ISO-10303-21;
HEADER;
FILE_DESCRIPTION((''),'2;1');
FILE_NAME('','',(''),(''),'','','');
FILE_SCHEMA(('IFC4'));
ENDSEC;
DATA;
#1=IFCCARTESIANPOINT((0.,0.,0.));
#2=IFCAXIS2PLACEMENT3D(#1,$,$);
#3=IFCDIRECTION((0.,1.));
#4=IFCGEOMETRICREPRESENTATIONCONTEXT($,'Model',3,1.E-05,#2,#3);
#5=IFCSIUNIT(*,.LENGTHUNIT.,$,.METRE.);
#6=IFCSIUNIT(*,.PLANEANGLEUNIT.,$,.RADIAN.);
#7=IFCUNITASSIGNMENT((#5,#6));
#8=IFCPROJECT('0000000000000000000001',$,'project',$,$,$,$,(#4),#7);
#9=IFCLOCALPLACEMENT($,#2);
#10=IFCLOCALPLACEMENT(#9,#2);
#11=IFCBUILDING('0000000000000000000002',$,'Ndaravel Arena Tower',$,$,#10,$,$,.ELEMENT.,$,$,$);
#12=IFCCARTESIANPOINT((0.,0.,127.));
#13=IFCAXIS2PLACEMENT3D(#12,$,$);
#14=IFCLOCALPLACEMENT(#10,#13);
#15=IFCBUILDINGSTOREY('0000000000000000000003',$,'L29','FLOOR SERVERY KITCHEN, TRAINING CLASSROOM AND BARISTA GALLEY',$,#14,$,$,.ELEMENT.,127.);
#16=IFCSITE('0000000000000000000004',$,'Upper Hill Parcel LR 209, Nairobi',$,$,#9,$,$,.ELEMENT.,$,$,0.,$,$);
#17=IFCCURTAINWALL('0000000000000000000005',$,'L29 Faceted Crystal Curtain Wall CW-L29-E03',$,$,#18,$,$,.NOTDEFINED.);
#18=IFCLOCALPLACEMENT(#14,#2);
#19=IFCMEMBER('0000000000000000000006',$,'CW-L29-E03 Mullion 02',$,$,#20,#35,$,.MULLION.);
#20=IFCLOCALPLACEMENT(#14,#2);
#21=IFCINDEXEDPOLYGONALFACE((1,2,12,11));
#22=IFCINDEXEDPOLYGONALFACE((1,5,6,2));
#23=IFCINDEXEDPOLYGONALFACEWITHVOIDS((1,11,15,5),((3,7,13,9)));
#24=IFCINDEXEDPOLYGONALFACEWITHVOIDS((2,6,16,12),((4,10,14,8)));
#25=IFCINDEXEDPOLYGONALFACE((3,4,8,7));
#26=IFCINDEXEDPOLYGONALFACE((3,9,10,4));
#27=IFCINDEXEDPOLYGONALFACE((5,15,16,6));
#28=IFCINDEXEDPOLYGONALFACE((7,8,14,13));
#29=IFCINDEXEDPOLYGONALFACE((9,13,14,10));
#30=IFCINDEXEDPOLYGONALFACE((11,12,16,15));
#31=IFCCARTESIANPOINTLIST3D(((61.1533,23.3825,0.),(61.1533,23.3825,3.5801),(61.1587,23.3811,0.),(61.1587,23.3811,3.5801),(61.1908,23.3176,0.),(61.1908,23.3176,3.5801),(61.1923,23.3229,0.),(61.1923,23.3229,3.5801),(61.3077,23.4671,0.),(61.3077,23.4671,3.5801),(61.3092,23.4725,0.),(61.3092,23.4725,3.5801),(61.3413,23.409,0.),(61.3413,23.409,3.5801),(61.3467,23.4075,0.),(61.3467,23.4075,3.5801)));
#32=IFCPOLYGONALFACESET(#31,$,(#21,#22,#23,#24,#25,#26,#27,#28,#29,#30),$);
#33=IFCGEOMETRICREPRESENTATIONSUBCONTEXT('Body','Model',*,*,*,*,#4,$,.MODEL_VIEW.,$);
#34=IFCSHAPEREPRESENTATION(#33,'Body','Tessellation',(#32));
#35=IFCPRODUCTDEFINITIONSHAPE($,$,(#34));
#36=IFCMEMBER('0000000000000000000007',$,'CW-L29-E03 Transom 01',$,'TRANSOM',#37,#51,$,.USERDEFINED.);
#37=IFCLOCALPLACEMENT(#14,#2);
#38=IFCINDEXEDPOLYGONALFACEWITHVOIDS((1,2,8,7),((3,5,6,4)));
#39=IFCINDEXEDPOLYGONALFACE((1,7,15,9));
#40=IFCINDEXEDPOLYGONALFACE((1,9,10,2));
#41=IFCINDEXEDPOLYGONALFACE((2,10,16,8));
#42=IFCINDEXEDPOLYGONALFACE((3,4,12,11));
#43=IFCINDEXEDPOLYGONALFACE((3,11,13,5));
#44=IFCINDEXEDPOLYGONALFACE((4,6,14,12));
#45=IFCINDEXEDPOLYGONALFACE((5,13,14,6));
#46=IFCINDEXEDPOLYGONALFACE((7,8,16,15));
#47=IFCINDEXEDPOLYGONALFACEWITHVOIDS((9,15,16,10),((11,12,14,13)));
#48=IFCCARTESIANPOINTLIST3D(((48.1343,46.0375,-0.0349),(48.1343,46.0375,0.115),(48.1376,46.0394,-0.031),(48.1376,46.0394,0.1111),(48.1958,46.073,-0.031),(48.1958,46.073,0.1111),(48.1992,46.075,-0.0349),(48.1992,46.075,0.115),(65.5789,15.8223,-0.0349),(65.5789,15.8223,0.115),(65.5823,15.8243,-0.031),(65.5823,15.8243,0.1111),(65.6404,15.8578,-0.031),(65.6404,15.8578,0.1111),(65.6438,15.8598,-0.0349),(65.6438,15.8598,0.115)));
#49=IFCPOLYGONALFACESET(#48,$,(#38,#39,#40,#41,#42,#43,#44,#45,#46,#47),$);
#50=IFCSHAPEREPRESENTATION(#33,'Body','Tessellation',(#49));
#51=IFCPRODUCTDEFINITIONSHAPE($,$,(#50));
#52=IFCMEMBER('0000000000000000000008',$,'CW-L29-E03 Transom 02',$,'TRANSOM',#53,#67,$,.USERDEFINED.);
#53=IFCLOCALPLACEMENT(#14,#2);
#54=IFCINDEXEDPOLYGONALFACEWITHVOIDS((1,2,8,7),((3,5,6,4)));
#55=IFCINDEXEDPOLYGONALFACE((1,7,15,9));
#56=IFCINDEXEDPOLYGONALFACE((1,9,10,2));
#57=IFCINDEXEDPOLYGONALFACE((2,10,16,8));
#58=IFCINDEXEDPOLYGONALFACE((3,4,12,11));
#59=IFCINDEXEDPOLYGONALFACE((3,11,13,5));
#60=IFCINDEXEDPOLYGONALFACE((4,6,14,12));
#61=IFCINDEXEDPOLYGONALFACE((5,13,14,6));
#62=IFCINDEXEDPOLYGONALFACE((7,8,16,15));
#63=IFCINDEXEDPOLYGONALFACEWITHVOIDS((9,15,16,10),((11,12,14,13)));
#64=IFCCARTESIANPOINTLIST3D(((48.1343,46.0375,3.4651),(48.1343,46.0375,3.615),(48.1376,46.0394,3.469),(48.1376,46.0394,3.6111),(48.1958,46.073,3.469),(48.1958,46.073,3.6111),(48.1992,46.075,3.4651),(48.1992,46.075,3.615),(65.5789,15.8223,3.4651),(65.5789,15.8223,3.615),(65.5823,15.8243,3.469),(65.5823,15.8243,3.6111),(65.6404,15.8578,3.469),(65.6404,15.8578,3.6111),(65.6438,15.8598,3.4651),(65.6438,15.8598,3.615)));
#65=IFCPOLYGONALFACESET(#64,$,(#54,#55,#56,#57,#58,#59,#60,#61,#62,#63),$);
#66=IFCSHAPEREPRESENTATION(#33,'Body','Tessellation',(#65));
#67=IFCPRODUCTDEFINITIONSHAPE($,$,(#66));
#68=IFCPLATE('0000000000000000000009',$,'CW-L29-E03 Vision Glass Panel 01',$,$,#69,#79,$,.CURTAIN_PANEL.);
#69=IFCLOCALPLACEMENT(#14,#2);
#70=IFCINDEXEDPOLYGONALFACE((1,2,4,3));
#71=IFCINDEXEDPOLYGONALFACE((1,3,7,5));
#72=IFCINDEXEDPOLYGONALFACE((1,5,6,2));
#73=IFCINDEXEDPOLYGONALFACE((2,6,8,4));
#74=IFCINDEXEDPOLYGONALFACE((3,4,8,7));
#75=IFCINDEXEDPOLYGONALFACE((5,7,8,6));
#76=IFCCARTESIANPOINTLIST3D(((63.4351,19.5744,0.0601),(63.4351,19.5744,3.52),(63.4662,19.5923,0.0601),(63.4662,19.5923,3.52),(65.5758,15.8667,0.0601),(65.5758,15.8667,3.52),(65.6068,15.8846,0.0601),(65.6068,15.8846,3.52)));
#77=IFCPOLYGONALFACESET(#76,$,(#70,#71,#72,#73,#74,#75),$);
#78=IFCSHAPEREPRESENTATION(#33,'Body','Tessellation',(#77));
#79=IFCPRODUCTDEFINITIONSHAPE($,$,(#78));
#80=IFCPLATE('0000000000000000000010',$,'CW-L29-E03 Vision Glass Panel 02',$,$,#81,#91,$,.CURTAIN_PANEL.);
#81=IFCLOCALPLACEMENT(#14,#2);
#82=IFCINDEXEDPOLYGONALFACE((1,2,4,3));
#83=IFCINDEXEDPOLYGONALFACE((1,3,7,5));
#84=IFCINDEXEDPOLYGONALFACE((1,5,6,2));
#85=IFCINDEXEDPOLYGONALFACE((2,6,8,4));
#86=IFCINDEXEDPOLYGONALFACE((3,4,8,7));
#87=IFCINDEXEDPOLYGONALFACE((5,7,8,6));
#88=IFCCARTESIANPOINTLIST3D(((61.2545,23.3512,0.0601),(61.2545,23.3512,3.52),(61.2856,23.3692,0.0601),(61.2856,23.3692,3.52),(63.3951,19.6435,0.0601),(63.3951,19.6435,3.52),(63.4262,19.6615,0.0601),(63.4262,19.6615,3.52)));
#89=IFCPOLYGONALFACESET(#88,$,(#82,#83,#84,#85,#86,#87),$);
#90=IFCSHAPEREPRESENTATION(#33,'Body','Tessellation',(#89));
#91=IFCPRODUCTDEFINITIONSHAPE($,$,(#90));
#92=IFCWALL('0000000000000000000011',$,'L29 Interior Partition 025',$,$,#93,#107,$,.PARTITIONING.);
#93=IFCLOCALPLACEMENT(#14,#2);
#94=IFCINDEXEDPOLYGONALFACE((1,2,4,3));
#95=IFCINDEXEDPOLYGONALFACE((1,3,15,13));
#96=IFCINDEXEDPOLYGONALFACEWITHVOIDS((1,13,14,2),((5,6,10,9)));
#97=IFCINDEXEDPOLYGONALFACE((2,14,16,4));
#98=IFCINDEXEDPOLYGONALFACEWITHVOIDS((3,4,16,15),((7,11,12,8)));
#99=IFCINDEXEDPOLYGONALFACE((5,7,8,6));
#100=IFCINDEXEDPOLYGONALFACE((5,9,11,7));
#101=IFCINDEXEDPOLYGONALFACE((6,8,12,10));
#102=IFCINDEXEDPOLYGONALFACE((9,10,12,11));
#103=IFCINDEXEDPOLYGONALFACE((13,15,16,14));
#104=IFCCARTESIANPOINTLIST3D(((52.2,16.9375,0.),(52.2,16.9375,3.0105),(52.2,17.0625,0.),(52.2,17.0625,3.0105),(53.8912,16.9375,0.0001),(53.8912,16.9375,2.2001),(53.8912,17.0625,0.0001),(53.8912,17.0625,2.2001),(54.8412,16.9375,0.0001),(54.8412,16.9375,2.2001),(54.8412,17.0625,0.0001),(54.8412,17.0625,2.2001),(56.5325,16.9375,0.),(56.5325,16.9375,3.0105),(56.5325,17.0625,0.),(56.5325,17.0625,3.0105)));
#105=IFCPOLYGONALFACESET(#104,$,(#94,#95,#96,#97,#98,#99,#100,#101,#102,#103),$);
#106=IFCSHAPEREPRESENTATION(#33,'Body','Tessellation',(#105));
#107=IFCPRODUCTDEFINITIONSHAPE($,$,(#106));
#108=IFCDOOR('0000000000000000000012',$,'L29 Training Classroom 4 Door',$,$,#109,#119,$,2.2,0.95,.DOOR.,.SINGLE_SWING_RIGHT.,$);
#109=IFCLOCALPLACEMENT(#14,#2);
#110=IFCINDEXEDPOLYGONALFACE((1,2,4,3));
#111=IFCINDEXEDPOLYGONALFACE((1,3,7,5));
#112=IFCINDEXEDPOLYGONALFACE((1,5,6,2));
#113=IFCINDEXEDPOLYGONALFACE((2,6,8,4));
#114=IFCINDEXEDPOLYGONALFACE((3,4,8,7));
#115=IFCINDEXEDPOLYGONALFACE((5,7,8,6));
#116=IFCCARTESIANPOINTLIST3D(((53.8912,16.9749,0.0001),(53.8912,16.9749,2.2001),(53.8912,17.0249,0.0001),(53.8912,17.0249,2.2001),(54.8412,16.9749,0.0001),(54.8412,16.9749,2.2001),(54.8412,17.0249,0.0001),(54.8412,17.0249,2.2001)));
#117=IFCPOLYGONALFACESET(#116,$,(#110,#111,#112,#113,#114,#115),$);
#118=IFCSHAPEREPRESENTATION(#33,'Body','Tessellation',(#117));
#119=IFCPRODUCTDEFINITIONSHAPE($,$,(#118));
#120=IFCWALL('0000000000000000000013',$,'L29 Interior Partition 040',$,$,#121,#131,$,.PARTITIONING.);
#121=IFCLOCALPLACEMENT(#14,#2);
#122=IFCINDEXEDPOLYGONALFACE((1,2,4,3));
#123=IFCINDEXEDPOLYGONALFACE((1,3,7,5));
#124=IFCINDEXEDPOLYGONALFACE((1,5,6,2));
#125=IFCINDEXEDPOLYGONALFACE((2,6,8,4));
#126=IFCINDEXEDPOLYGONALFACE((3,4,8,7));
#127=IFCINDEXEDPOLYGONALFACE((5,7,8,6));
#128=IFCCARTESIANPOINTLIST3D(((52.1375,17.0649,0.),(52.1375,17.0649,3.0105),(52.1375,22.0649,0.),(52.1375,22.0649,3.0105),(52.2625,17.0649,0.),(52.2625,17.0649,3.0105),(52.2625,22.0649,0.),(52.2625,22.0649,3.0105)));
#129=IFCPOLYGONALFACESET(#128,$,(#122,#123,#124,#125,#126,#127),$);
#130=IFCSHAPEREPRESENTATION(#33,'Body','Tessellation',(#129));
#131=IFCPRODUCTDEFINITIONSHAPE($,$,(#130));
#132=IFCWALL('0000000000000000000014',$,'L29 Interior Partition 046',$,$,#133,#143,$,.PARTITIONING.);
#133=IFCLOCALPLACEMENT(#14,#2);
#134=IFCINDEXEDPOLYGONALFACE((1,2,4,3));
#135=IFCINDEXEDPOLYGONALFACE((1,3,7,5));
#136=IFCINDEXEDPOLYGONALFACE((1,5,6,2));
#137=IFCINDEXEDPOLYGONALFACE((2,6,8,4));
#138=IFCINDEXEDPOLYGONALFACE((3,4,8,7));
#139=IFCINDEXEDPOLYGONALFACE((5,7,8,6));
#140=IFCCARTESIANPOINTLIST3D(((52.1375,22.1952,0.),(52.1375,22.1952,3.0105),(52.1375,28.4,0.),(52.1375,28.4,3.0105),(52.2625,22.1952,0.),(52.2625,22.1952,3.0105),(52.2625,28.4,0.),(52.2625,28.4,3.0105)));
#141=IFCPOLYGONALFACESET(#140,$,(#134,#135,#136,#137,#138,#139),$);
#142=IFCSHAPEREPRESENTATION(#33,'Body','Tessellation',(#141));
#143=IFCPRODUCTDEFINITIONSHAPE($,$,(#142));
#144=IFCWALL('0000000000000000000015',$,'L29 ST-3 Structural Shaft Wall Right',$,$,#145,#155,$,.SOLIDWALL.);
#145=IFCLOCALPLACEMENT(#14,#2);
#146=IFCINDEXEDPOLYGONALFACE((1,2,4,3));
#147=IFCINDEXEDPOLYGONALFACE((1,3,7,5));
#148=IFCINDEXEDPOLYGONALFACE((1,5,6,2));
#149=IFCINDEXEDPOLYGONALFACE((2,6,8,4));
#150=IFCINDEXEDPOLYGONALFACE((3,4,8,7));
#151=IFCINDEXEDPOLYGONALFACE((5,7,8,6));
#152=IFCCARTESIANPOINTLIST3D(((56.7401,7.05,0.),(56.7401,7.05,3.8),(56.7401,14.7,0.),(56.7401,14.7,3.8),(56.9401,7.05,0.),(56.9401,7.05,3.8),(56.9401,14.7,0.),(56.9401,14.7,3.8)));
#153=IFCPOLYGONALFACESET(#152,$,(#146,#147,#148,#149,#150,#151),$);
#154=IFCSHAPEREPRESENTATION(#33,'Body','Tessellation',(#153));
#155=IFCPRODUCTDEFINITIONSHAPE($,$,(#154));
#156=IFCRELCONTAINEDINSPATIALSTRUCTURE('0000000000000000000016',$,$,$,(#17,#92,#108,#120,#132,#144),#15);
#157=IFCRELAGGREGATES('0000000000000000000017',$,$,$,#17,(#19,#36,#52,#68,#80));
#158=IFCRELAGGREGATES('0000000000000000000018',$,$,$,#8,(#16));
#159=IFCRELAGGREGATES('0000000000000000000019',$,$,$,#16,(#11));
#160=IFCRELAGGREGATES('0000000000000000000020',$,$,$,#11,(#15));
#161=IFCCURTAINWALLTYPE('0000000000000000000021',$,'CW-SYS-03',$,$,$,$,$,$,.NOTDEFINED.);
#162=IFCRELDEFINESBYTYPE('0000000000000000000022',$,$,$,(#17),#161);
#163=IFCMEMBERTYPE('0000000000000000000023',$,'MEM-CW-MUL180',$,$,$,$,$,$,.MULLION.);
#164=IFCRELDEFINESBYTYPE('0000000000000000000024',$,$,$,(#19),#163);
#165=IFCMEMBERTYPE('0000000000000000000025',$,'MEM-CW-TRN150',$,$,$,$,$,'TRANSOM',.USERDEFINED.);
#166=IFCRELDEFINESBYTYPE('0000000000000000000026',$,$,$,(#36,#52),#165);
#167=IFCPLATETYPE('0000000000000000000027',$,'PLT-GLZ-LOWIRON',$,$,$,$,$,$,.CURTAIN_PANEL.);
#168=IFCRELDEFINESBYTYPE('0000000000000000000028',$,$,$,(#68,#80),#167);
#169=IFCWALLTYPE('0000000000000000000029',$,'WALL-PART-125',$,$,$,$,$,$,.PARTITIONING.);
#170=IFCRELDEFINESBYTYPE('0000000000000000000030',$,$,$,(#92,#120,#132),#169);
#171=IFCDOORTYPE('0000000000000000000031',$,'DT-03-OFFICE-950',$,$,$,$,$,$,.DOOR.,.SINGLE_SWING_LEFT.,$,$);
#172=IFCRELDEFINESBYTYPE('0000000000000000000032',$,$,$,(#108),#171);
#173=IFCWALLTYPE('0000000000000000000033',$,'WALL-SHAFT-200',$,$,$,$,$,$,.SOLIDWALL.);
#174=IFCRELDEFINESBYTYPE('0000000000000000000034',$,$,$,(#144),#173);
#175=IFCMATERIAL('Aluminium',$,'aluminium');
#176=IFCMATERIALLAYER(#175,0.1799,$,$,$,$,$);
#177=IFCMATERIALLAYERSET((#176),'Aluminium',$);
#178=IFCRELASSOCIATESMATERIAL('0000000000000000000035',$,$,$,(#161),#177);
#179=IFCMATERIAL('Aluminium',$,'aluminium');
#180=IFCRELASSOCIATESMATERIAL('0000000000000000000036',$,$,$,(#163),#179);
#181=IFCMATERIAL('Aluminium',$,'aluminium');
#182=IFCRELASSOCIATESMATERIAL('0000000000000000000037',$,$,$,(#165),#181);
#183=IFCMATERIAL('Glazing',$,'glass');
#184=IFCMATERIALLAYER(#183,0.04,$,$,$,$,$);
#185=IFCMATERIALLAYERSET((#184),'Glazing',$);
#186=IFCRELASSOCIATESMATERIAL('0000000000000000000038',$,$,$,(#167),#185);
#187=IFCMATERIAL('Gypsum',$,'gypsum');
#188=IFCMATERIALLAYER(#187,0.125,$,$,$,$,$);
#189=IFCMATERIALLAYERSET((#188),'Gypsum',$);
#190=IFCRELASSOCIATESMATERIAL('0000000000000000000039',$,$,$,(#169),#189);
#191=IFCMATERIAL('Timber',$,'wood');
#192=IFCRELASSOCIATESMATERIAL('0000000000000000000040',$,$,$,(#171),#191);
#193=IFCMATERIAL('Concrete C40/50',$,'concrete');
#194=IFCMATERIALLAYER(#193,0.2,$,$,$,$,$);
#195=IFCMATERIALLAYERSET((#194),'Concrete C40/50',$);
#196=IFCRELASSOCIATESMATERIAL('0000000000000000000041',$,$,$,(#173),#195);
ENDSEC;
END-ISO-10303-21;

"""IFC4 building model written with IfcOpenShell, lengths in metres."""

from ifc_helpers import new_model, si_unit, direction, frame, frame_2d, origin, origin_2d, place, context, subcontext, project, spatial, rectangle, hollow_rectangle, extrude, material, layer, layer_set, material_profile, profile_set, type_object, element, fill, aggregate, save


model = new_model("IFC4")

# Units and contexts
model_context = context("Model", 3, precision=1e-05, world=origin(), true_north=direction((0.0, 1.0)))
body_context = subcontext(model_context, "Body", "Model", "MODEL_VIEW")
ifc_project = project(units=[si_unit("LENGTHUNIT", "METRE"), si_unit("PLANEANGLEUNIT", "RADIAN")], contexts=[model_context])

# Site, building, storey
site_placement = place(None, origin())
site = spatial("IfcSite", under=ifc_project, at=site_placement, Name="Upper Hill Parcel LR 209, Nairobi", CompositionType="ELEMENT", RefElevation=0.0)
building_placement = place(site_placement, origin())
building = spatial("IfcBuilding", under=site, at=building_placement, Name="Ndaravel Arena Tower", CompositionType="ELEMENT")
storey_placement = place(building_placement, frame((0.0, 0.0, 127.0)))
storey = spatial("IfcBuildingStorey", under=building, at=storey_placement, Name="L29", Description="FLOOR SERVERY KITCHEN, TRAINING CLASSROOM AND BARISTA GALLEY", CompositionType="ELEMENT", Elevation=127.0)

# Curtain wall, members, plates
ifc_material_1 = material(Name="Aluminium", Category="aluminium")
ifc_layer_1 = layer(ifc_material_1, 0.1799)
ifc_layer_set_1 = layer_set([ifc_layer_1], Name="Aluminium")
curtain_wall_type = type_object("IfcCurtainWallType", Name="CW-SYS-03", PredefinedType="NOTDEFINED", material=ifc_layer_set_1)
curtain_wall_placement = place(storey_placement, origin())
curtain_wall = element("IfcCurtainWall", 1, at=curtain_wall_placement, inside=storey, type_object=curtain_wall_type, Name="L29 Faceted Crystal Curtain Wall CW-L29-E03", PredefinedType="NOTDEFINED")
ifc_material_2 = material(Name="Aluminium", Category="aluminium")
ifc_material_profile_1 = material_profile(ifc_material_2, hollow_rectangle(XDim=0.075, YDim=0.1799, WallThickness=0.0039, at=origin_2d()), Name="CW MULLION 75x180x4")
ifc_profile_set_1 = profile_set([ifc_material_profile_1], Name="Aluminium")
member_type_1 = type_object("IfcMemberType", Name="MEM-CW-MUL180", PredefinedType="MULLION", material=ifc_profile_set_1)
member_1_placement = place(storey_placement, frame((61.25, 23.395, 0.0), z_axis=(0.0, 0.0, 1.0), x_axis=(-0.5, 0.866025, 0.0)))
member_1 = element("IfcMember", 2, at=member_1_placement, type_object=member_type_1, Name="CW-L29-E03 Mullion 02", PredefinedType="MULLION", context=body_context, shape_type="SweptSolid", body=[
    extrude(hollow_rectangle(XDim=0.075, YDim=0.1799, WallThickness=0.0039, at=origin_2d()), origin(), (0.0, 0.0, 1.0), 3.5801),
])
ifc_material_3 = material(Name="Aluminium", Category="aluminium")
ifc_material_profile_2 = material_profile(ifc_material_3, hollow_rectangle(XDim=0.075, YDim=0.1499, WallThickness=0.0039, at=origin_2d()), Name="CW TRANSOM 75x150x4")
ifc_profile_set_2 = profile_set([ifc_material_profile_2], Name="Aluminium")
member_type_2 = type_object("IfcMemberType", Name="MEM-CW-TRN150", ElementType="TRANSOM", PredefinedType="USERDEFINED", material=ifc_profile_set_2)
member_2_placement = place(storey_placement, frame((65.6113, 15.8411, 0.04), z_axis=(-0.499998, 0.866027, 0.0), x_axis=(-0.866027, -0.499998, 0.0)))
member_2 = element("IfcMember", 3, at=member_2_placement, type_object=member_type_2, Name="CW-L29-E03 Transom 01", ObjectType="TRANSOM", PredefinedType="USERDEFINED", context=body_context, shape_type="SweptSolid", body=[
    extrude(hollow_rectangle(XDim=0.075, YDim=0.1499, WallThickness=0.0039, at=origin_2d()), origin(), (0.0, 0.0, 1.0), 34.8894),
])
member_3_placement = place(storey_placement, frame((65.6113, 15.8411, 3.54), z_axis=(-0.499998, 0.866027, 0.0), x_axis=(-0.866027, -0.499998, 0.0)))
member_3 = element("IfcMember", 4, at=member_3_placement, type_object=member_type_2, Name="CW-L29-E03 Transom 02", ObjectType="TRANSOM", PredefinedType="USERDEFINED", context=body_context, shape_type="SweptSolid", body=[
    extrude(hollow_rectangle(XDim=0.075, YDim=0.1499, WallThickness=0.0039, at=origin_2d()), origin(), (0.0, 0.0, 1.0), 34.8894),
])
ifc_material_4 = material(Name="Glazing", Category="glass")
ifc_layer_2 = layer(ifc_material_4, 0.04)
ifc_layer_set_2 = layer_set([ifc_layer_2], Name="Glazing")
plate_type = type_object("IfcPlateType", Name="PLT-GLZ-LOWIRON", PredefinedType="CURTAIN_PANEL", material=ifc_layer_set_2)
plate_1_placement = place(storey_placement, frame((64.521, 17.7295, 0.0601), z_axis=(0.0, 0.0, 1.0), x_axis=(-0.5, 0.866025, 0.0)))
plate_1 = element("IfcPlate", 5, at=plate_1_placement, type_object=plate_type, Name="CW-L29-E03 Vision Glass Panel 01", PredefinedType="CURTAIN_PANEL", context=body_context, shape_type="SweptSolid", body=[
    extrude(rectangle(XDim=4.2812, YDim=0.0359, at=origin_2d()), origin(), (0.0, 0.0, 1.0), 3.46),
])
plate_2_placement = place(storey_placement, frame((62.3403, 21.5063, 0.0601), z_axis=(0.0, 0.0, 1.0), x_axis=(-0.5, 0.866025, 0.0)))
plate_2 = element("IfcPlate", 6, at=plate_2_placement, type_object=plate_type, Name="CW-L29-E03 Vision Glass Panel 02", PredefinedType="CURTAIN_PANEL", context=body_context, shape_type="SweptSolid", body=[
    extrude(rectangle(XDim=4.2812, YDim=0.0359, at=origin_2d()), origin(), (0.0, 0.0, 1.0), 3.46),
])
aggregate(curtain_wall, [member_1, member_2, member_3, plate_1, plate_2])

# Wall, opening, door
ifc_material_5 = material(Name="Gypsum", Category="gypsum")
ifc_layer_3 = layer(ifc_material_5, 0.125)
ifc_layer_set_3 = layer_set([ifc_layer_3], Name="Gypsum")
wall_type_1 = type_object("IfcWallType", Name="WALL-PART-125", PredefinedType="PARTITIONING", material=ifc_layer_set_3)
wall_1_placement = place(storey_placement, frame((52.2, 17.0, 0.0), z_axis=(0.0, 0.0, 1.0), x_axis=(1.0, 0.0, 0.0)))
wall_1 = element("IfcWall", 7, at=wall_1_placement, inside=storey, type_object=wall_type_1, Name="L29 Interior Partition 025", PredefinedType="PARTITIONING", context=body_context, shape_type="SweptSolid", body=[
    extrude(rectangle(XDim=4.3325, YDim=0.125, at=frame_2d((2.1663, 0.0))), origin(), (0.0, 0.0, 1.0), 3.0105),
])
opening_1_placement = place(wall_1_placement, frame((1.6912, 0.0, 0.0)))
opening_1 = element("IfcOpeningElement", 8, at=opening_1_placement, cuts=wall_1, PredefinedType="OPENING", context=body_context, shape_type="SweptSolid", body=[
    extrude(rectangle(XDim=0.95, YDim=2.2, at=frame_2d((0.4751, 1.1001))), frame((0.0, 0.0625, 0.0), z_axis=(0.0, -1.0, 0.0), x_axis=(1.0, 0.0, 0.0)), (0.0, 0.0, 1.0), 0.125),
])
ifc_material_6 = material(Name="Timber", Category="wood")
door_type_1 = type_object("IfcDoorType", Name="DT-03-OFFICE-950", OperationType="SINGLE_SWING_LEFT", PredefinedType="DOOR", material=ifc_material_6)
door_1_placement = place(opening_1_placement, origin())
door_1 = element("IfcDoor", 9, at=door_1_placement, inside=storey, type_object=door_type_1, Name="L29 Training Classroom 4 Door", OperationType="SINGLE_SWING_RIGHT", OverallHeight=2.2, OverallWidth=0.95, PredefinedType="DOOR", context=body_context, shape_type="SweptSolid", body=[
    extrude(rectangle(XDim=0.95, YDim=2.2, at=frame_2d((0.4751, 1.1001))), frame((0.0, 0.0249, 0.0), z_axis=(0.0, -1.0, 0.0), x_axis=(1.0, 0.0, 0.0)), (0.0, 0.0, 1.0), 0.05),
])
fill(opening_1, door_1)

# Walls
wall_2_placement = place(storey_placement, frame((52.2, 22.0649, 0.0), z_axis=(0.0, 0.0, 1.0), x_axis=(0.0, -1.0, 0.0)))
element("IfcWall", 10, at=wall_2_placement, inside=storey, type_object=wall_type_1, Name="L29 Interior Partition 040", PredefinedType="PARTITIONING", context=body_context, shape_type="SweptSolid", body=[
    extrude(rectangle(XDim=5.0, YDim=0.125, at=frame_2d((2.5, 0.0))), origin(), (0.0, 0.0, 1.0), 3.0105),
])
wall_3_placement = place(storey_placement, frame((52.2, 22.1951, 0.0), z_axis=(0.0, 0.0, 1.0), x_axis=(0.0, 1.0, 0.0)))
element("IfcWall", 11, at=wall_3_placement, inside=storey, type_object=wall_type_1, Name="L29 Interior Partition 046", PredefinedType="PARTITIONING", context=body_context, shape_type="SweptSolid", body=[
    extrude(rectangle(XDim=6.2048, YDim=0.125, at=frame_2d((3.1025, 0.0))), origin(), (0.0, 0.0, 1.0), 3.0105),
])
ifc_material_7 = material(Name="Concrete C40/50", Category="concrete")
ifc_layer_4 = layer(ifc_material_7, 0.2)
ifc_layer_set_4 = layer_set([ifc_layer_4], Name="Concrete C40/50")
wall_type_2 = type_object("IfcWallType", Name="WALL-SHAFT-200", PredefinedType="SOLIDWALL", material=ifc_layer_set_4)
wall_4_placement = place(storey_placement, frame((56.8401, 14.7, 0.0), z_axis=(0.0, 0.0, 1.0), x_axis=(0.0, -1.0, 0.0)))
element("IfcWall", 12, at=wall_4_placement, inside=storey, type_object=wall_type_2, Name="L29 ST-3 Structural Shaft Wall Right", PredefinedType="SOLIDWALL", context=body_context, shape_type="SweptSolid", body=[
    extrude(rectangle(XDim=7.6499, YDim=0.2, at=frame_2d((3.825, 0.0))), origin(), (0.0, 0.0, 1.0), 3.8),
])

save(model, "model.ifc")
